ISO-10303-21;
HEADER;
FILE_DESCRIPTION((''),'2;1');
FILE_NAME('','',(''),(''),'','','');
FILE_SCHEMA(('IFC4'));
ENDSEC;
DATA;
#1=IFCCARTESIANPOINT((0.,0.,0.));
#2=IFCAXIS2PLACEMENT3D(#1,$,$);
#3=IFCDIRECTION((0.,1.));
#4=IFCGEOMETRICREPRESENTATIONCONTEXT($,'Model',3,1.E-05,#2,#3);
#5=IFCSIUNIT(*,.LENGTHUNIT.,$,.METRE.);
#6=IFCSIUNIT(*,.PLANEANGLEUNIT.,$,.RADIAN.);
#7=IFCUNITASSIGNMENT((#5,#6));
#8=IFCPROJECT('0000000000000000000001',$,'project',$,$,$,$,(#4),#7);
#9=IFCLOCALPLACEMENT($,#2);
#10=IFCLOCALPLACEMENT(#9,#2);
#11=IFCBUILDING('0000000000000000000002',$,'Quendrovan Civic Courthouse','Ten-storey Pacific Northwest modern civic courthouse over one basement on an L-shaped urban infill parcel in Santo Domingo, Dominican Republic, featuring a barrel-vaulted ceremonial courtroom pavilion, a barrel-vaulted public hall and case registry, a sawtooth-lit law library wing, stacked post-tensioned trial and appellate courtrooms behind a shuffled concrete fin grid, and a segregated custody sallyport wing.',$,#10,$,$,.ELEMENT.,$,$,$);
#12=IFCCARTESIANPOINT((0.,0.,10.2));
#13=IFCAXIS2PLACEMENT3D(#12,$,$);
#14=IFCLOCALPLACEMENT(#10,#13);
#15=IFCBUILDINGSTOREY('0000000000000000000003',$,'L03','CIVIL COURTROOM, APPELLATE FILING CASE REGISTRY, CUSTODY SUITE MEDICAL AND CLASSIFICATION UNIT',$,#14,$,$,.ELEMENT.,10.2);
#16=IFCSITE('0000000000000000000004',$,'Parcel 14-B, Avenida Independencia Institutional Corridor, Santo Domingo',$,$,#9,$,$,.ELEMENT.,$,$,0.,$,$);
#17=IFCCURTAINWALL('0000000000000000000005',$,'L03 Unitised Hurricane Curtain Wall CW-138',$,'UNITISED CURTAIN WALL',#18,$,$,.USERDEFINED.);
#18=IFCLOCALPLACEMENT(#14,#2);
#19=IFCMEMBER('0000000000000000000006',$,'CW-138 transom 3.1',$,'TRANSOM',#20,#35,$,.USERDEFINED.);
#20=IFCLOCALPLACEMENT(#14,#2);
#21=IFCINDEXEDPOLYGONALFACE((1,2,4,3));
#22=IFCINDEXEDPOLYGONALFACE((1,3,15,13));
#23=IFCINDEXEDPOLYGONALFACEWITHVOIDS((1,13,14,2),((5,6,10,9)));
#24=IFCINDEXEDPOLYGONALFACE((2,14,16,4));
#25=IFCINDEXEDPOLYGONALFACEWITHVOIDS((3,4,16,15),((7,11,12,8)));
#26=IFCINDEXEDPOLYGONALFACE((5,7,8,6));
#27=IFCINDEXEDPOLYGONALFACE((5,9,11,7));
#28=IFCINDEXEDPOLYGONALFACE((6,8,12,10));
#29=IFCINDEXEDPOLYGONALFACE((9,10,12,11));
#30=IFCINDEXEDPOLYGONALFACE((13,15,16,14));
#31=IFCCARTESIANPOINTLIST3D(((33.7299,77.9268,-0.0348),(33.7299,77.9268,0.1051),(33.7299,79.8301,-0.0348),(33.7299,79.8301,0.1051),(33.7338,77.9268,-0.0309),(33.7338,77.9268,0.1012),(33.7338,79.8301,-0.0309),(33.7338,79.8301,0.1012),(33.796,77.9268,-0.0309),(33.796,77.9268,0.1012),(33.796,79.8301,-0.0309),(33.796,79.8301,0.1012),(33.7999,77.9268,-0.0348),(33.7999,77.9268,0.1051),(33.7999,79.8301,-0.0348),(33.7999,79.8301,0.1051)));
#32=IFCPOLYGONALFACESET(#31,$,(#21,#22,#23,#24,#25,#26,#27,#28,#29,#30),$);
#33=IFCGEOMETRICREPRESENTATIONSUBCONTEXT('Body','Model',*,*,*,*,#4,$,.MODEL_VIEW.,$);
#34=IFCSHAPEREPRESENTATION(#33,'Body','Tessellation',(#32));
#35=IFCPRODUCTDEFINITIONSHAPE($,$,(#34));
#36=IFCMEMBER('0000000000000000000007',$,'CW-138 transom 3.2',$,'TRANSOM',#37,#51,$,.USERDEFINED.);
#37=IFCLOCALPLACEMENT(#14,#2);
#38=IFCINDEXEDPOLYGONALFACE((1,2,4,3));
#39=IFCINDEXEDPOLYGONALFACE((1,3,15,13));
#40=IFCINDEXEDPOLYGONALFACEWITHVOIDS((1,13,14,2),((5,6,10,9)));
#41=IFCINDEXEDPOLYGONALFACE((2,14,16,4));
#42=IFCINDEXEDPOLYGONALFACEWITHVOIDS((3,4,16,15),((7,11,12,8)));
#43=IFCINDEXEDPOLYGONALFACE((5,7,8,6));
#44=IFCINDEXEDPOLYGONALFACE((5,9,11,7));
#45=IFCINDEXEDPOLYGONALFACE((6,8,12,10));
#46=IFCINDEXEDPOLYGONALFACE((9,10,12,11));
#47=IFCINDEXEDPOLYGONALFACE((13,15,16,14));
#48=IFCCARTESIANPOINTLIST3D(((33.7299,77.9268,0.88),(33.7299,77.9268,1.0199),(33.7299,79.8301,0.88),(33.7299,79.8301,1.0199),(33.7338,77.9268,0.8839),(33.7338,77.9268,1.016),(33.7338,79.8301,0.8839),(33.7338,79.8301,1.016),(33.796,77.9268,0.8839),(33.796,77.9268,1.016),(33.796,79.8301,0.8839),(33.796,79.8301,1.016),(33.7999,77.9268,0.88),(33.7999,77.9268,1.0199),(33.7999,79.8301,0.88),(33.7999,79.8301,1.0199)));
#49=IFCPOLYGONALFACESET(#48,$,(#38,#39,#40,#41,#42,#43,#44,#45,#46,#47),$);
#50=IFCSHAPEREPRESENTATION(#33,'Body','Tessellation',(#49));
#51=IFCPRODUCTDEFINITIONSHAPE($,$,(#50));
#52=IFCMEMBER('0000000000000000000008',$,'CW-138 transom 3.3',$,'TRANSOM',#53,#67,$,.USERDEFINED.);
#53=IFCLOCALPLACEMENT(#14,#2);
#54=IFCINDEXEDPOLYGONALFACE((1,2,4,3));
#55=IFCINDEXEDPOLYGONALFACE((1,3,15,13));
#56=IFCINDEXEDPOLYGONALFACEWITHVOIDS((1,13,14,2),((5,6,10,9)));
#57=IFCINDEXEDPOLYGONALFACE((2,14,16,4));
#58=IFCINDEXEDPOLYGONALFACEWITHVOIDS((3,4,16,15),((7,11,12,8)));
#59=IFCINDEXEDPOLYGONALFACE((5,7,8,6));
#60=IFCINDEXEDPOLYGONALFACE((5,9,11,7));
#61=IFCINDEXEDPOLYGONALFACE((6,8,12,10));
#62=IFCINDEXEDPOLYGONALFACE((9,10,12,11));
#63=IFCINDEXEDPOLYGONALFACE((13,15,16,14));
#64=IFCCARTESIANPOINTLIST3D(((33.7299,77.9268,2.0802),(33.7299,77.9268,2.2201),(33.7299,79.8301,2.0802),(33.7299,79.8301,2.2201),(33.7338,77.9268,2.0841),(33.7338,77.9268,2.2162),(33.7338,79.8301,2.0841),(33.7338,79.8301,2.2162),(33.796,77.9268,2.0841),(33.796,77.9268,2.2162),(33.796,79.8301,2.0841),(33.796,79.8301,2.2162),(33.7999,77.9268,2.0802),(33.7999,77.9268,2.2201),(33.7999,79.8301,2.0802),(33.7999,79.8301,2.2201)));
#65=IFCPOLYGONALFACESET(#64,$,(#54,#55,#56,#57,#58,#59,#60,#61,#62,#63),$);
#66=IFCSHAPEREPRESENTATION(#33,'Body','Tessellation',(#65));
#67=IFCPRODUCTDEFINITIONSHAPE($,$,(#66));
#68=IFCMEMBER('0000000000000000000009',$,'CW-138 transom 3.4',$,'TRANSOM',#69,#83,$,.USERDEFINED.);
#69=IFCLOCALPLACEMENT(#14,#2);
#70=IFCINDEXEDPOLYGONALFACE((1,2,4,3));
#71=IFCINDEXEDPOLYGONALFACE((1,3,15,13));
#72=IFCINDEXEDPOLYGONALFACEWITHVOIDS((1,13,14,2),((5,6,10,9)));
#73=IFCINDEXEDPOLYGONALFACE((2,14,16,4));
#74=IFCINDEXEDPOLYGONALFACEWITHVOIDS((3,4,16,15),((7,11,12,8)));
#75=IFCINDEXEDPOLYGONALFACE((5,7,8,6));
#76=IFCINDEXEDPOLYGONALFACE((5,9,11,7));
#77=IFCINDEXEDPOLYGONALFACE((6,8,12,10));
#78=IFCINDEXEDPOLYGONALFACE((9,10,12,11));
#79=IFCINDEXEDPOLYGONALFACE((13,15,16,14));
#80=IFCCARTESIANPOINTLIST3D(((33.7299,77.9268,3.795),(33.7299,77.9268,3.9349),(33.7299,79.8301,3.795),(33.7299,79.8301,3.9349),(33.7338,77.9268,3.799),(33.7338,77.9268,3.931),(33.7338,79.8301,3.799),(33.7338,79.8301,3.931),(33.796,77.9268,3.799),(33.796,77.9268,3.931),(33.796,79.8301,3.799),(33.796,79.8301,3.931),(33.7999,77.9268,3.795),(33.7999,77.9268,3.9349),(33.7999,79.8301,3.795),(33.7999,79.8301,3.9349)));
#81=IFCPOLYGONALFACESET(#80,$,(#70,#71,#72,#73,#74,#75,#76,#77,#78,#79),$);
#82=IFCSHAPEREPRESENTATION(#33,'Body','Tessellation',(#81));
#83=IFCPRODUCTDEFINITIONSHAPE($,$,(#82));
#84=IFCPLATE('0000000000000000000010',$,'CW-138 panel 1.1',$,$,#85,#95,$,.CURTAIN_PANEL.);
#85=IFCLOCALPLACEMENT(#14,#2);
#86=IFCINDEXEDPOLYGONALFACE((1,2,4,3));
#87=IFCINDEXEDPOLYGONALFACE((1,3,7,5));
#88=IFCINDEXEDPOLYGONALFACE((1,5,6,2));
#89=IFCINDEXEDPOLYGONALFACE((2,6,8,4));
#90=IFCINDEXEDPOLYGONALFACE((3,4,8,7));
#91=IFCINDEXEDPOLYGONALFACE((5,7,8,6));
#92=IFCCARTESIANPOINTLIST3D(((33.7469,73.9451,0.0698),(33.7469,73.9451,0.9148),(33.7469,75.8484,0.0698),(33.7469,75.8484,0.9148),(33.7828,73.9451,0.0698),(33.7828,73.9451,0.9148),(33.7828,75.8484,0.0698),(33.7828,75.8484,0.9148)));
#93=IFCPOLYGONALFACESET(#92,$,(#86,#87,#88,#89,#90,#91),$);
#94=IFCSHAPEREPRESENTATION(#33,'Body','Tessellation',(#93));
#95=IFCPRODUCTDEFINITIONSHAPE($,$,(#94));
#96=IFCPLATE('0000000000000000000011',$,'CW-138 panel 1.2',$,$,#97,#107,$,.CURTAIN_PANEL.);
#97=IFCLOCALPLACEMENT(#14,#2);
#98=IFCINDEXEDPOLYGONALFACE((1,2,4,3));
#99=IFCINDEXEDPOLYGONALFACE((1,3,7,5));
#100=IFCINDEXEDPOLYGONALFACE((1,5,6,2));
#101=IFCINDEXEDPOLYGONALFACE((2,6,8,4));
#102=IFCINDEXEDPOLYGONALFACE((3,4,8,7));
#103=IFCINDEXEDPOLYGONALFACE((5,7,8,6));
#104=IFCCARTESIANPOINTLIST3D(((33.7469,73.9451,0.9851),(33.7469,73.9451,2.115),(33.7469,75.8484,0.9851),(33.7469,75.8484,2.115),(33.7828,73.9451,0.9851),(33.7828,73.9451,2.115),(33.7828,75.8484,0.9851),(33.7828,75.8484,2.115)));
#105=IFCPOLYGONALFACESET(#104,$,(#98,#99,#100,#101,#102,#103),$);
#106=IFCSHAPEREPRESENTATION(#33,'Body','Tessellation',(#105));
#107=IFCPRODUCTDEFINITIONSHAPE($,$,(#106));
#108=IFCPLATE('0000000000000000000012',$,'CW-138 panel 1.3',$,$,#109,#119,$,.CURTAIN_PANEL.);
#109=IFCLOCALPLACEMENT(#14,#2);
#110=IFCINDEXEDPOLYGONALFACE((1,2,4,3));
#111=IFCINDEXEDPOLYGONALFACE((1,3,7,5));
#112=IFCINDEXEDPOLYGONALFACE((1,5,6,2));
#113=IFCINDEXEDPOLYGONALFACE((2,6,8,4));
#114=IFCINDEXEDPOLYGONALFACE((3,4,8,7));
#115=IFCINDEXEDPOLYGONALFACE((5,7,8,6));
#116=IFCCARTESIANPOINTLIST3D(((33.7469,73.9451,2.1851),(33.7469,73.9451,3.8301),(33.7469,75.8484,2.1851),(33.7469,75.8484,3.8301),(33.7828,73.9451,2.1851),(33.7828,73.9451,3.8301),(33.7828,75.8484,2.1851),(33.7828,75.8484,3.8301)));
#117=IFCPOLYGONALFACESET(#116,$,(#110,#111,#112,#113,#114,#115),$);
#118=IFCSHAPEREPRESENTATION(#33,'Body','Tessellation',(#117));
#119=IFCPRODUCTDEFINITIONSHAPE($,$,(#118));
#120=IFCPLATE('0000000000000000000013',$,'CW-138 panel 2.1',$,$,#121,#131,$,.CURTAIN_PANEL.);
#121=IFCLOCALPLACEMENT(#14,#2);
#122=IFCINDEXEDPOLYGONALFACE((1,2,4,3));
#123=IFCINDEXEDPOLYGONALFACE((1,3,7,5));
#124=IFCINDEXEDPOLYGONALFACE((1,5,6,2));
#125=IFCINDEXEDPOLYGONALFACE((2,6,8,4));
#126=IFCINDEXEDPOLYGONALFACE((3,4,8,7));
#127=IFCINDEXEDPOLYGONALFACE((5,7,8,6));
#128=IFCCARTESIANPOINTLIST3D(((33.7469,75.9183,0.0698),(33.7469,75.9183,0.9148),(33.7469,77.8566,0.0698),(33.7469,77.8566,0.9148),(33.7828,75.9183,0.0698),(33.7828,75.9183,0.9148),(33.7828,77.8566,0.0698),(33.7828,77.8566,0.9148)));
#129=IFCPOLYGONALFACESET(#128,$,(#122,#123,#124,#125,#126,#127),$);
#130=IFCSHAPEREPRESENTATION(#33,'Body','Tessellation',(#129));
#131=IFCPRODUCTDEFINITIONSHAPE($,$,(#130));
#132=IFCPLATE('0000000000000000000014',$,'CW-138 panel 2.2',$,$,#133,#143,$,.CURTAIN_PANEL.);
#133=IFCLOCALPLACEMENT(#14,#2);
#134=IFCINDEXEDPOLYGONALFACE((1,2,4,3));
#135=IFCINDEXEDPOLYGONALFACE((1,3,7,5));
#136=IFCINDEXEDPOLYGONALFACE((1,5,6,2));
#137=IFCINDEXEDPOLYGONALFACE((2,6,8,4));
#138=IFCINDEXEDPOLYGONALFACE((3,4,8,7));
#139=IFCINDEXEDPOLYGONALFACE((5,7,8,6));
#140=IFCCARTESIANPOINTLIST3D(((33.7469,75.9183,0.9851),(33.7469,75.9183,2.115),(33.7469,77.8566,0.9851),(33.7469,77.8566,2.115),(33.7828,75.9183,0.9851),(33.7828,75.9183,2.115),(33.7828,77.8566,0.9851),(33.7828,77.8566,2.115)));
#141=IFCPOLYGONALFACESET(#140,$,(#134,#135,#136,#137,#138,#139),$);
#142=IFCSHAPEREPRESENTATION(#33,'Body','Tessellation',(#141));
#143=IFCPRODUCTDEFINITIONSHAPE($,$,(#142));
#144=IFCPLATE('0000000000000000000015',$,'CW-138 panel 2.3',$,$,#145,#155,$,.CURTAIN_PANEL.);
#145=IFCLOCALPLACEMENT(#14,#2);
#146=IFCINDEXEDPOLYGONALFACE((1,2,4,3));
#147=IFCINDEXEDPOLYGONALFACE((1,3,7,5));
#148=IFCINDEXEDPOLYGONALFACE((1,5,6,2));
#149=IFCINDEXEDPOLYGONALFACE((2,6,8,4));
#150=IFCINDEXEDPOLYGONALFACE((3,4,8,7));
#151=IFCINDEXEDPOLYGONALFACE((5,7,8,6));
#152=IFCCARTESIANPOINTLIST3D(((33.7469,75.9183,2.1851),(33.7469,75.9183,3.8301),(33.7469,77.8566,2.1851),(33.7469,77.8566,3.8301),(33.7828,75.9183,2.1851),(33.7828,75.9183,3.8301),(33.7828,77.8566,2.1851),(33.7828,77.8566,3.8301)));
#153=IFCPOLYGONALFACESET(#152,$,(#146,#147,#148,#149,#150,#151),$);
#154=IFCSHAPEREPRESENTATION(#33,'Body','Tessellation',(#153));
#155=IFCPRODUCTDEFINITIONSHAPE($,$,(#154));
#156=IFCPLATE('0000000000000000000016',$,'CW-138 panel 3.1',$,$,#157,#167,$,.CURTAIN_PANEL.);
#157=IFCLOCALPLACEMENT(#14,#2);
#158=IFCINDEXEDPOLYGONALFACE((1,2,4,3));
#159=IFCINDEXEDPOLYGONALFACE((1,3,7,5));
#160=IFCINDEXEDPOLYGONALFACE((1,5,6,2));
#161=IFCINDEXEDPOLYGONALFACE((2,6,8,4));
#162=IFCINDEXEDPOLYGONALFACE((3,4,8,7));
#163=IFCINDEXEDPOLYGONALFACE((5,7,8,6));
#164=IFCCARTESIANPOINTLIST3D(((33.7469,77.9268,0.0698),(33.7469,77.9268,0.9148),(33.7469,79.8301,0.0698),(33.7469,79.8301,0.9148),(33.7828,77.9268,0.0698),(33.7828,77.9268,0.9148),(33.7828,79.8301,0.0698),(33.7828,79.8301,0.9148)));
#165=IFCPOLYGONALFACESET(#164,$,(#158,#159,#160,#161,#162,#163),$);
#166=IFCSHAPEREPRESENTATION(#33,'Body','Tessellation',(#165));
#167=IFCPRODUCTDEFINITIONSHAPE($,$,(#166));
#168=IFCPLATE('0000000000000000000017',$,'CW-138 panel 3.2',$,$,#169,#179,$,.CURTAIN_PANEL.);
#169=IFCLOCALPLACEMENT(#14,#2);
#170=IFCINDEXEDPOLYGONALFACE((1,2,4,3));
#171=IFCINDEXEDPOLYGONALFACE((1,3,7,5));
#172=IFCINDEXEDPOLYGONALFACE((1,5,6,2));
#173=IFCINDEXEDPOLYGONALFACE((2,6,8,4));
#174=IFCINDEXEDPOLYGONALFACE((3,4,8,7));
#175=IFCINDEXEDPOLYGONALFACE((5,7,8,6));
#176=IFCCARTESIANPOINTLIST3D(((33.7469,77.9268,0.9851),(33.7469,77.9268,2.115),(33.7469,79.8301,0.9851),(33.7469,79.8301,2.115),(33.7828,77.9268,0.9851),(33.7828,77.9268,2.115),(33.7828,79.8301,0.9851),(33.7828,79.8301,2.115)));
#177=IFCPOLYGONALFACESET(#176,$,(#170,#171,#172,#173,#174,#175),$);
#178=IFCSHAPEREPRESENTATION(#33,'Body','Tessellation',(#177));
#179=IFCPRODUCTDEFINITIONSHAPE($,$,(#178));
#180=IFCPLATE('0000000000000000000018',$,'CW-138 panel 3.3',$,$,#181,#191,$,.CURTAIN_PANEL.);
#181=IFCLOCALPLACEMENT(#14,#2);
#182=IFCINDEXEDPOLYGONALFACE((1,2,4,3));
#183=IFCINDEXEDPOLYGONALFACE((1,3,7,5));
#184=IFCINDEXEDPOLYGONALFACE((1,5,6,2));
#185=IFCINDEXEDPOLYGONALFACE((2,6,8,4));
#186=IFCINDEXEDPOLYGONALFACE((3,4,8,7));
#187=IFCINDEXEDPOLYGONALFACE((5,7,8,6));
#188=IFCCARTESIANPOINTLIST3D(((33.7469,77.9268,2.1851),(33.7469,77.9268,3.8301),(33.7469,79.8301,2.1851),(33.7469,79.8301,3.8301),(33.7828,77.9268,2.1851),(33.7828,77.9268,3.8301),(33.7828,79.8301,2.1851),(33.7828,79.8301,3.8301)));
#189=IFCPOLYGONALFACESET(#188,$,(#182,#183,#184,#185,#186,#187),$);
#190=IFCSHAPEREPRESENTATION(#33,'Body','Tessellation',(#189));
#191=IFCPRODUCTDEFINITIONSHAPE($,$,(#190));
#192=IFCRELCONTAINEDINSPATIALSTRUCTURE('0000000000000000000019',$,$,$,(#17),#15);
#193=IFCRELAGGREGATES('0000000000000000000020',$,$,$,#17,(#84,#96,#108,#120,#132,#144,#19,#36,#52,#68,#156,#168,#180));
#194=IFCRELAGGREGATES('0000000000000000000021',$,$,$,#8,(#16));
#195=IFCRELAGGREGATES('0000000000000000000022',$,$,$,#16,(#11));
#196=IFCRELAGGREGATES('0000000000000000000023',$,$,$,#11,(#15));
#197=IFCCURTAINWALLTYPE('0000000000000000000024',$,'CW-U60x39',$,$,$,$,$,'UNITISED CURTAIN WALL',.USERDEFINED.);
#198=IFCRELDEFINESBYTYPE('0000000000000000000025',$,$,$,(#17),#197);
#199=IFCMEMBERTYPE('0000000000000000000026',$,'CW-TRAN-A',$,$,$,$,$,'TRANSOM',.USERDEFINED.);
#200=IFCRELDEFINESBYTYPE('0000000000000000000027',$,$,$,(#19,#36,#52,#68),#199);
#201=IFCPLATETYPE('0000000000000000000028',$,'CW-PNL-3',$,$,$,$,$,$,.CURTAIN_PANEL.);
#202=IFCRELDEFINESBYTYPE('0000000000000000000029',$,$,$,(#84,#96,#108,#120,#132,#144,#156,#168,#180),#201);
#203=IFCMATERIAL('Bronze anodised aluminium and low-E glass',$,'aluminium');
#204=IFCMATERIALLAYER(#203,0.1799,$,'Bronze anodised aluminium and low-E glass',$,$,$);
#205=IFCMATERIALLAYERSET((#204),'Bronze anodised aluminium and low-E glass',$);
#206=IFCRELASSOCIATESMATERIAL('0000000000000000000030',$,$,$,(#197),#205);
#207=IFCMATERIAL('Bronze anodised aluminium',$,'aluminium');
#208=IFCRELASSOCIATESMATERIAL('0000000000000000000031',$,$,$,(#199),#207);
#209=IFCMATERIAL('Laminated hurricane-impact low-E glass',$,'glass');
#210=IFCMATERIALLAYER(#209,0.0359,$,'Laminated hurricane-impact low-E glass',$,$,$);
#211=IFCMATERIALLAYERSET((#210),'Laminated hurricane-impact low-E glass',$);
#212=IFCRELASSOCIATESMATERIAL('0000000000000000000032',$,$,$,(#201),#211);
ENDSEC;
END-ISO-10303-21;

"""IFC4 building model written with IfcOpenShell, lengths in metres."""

from ifc_helpers import new_model, si_unit, direction, frame, origin, origin_2d, place, context, subcontext, project, spatial, rectangle, hollow_rectangle, extrude, material, layer, layer_set, material_profile, profile_set, type_object, element, aggregate, save


model = new_model("IFC4")

# Units and contexts
model_context = context("Model", 3, precision=1e-05, world=origin(), true_north=direction((0.0, 1.0)))
body_context = subcontext(model_context, "Body", "Model", "MODEL_VIEW")
ifc_project = project(units=[si_unit("LENGTHUNIT", "METRE"), si_unit("PLANEANGLEUNIT", "RADIAN")], contexts=[model_context])

# Site, building, storey
site_placement = place(None, origin())
site = spatial("IfcSite", under=ifc_project, at=site_placement, Name="Parcel 14-B, Avenida Independencia Institutional Corridor, Santo Domingo", CompositionType="ELEMENT", RefElevation=0.0)
building_placement = place(site_placement, origin())
building = spatial("IfcBuilding", under=site, at=building_placement, Name="Quendrovan Civic Courthouse", Description="Ten-storey Pacific Northwest modern civic courthouse over one basement on an L-shaped urban infill parcel in Santo Domingo, Dominican Republic, featuring a barrel-vaulted ceremonial courtroom pavilion, a barrel-vaulted public hall and case registry, a sawtooth-lit law library wing, stacked post-tensioned trial and appellate courtrooms behind a shuffled concrete fin grid, and a segregated custody sallyport wing.", CompositionType="ELEMENT")
storey_placement = place(building_placement, frame((0.0, 0.0, 10.2)))
storey = spatial("IfcBuildingStorey", under=building, at=storey_placement, Name="L03", Description="CIVIL COURTROOM, APPELLATE FILING CASE REGISTRY, CUSTODY SUITE MEDICAL AND CLASSIFICATION UNIT", CompositionType="ELEMENT", Elevation=10.2)

# Curtain wall, members, plates
ifc_material_1 = material(Name="Bronze anodised aluminium and low-E glass", Category="aluminium")
ifc_layer_1 = layer(ifc_material_1, 0.1799, Name="Bronze anodised aluminium and low-E glass")
ifc_layer_set_1 = layer_set([ifc_layer_1], Name="Bronze anodised aluminium and low-E glass")
curtain_wall_type = type_object("IfcCurtainWallType", Name="CW-U60x39", ElementType="UNITISED CURTAIN WALL", PredefinedType="USERDEFINED", material=ifc_layer_set_1)
curtain_wall_placement = place(storey_placement, origin())
curtain_wall = element("IfcCurtainWall", 1, at=curtain_wall_placement, inside=storey, type_object=curtain_wall_type, Name="L03 Unitised Hurricane Curtain Wall CW-138", ObjectType="UNITISED CURTAIN WALL", PredefinedType="USERDEFINED")
ifc_material_2 = material(Name="Bronze anodised aluminium", Category="aluminium")
ifc_material_profile_1 = material_profile(ifc_material_2, hollow_rectangle(XDim=0.0701, YDim=0.1399, WallThickness=0.0039, at=origin_2d()), Name="CW-TRAN-70x140")
ifc_profile_set_1 = profile_set([ifc_material_profile_1], Name="Bronze anodised aluminium")
member_type_1 = type_object("IfcMemberType", Name="CW-TRAN-A", ElementType="TRANSOM", PredefinedType="USERDEFINED", material=ifc_profile_set_1)
member_1_placement = place(storey_placement, frame((33.7649, 77.9268, 0.0352), z_axis=(0.0, 1.0, 0.0), x_axis=(-1.0, 0.0, 0.0)))
member_1 = element("IfcMember", 2, at=member_1_placement, type_object=member_type_1, Name="CW-138 transom 3.1", ObjectType="TRANSOM", PredefinedType="USERDEFINED", context=body_context, shape_type="SweptSolid", body=[
    extrude(hollow_rectangle(XDim=0.0701, YDim=0.1399, WallThickness=0.0039, at=origin_2d()), origin(), (0.0, 0.0, 1.0), 1.9033),
])
member_2_placement = place(storey_placement, frame((33.7649, 77.9268, 0.95), z_axis=(0.0, 1.0, 0.0), x_axis=(-1.0, 0.0, 0.0)))
member_2 = element("IfcMember", 3, at=member_2_placement, type_object=member_type_1, Name="CW-138 transom 3.2", ObjectType="TRANSOM", PredefinedType="USERDEFINED", context=body_context, shape_type="SweptSolid", body=[
    extrude(hollow_rectangle(XDim=0.0701, YDim=0.1399, WallThickness=0.0039, at=origin_2d()), origin(), (0.0, 0.0, 1.0), 1.9033),
])
member_3_placement = place(storey_placement, frame((33.7649, 77.9268, 2.1501), z_axis=(0.0, 1.0, 0.0), x_axis=(-1.0, 0.0, 0.0)))
member_3 = element("IfcMember", 4, at=member_3_placement, type_object=member_type_1, Name="CW-138 transom 3.3", ObjectType="TRANSOM", PredefinedType="USERDEFINED", context=body_context, shape_type="SweptSolid", body=[
    extrude(hollow_rectangle(XDim=0.0701, YDim=0.1399, WallThickness=0.0039, at=origin_2d()), origin(), (0.0, 0.0, 1.0), 1.9033),
])
member_4_placement = place(storey_placement, frame((33.7649, 77.9268, 3.865), z_axis=(0.0, 1.0, 0.0), x_axis=(-1.0, 0.0, 0.0)))
member_4 = element("IfcMember", 5, at=member_4_placement, type_object=member_type_1, Name="CW-138 transom 3.4", ObjectType="TRANSOM", PredefinedType="USERDEFINED", context=body_context, shape_type="SweptSolid", body=[
    extrude(hollow_rectangle(XDim=0.0701, YDim=0.1399, WallThickness=0.0039, at=origin_2d()), origin(), (0.0, 0.0, 1.0), 1.9033),
])
ifc_material_3 = material(Name="Laminated hurricane-impact low-E glass", Category="glass")
ifc_layer_2 = layer(ifc_material_3, 0.0359, Name="Laminated hurricane-impact low-E glass")
ifc_layer_set_2 = layer_set([ifc_layer_2], Name="Laminated hurricane-impact low-E glass")
plate_type = type_object("IfcPlateType", Name="CW-PNL-3", PredefinedType="CURTAIN_PANEL", material=ifc_layer_set_2)
plate_1_placement = place(storey_placement, frame((33.7649, 74.8967, 0.0698), z_axis=(0.0, 0.0, 1.0), x_axis=(0.0, 1.0, 0.0)))
plate_1 = element("IfcPlate", 6, at=plate_1_placement, type_object=plate_type, Name="CW-138 panel 1.1", PredefinedType="CURTAIN_PANEL", context=body_context, shape_type="SweptSolid", body=[
    extrude(rectangle(XDim=1.9033, YDim=0.0359, at=origin_2d()), origin(), (0.0, 0.0, 1.0), 0.845),
])
plate_2_placement = place(storey_placement, frame((33.7649, 74.8967, 0.9851), z_axis=(0.0, 0.0, 1.0), x_axis=(0.0, 1.0, 0.0)))
plate_2 = element("IfcPlate", 7, at=plate_2_placement, type_object=plate_type, Name="CW-138 panel 1.2", PredefinedType="CURTAIN_PANEL", context=body_context, shape_type="SweptSolid", body=[
    extrude(rectangle(XDim=1.9033, YDim=0.0359, at=origin_2d()), origin(), (0.0, 0.0, 1.0), 1.1299),
])
plate_3_placement = place(storey_placement, frame((33.7649, 74.8967, 2.1851), z_axis=(0.0, 0.0, 1.0), x_axis=(0.0, 1.0, 0.0)))
plate_3 = element("IfcPlate", 8, at=plate_3_placement, type_object=plate_type, Name="CW-138 panel 1.3", PredefinedType="CURTAIN_PANEL", context=body_context, shape_type="SweptSolid", body=[
    extrude(rectangle(XDim=1.9033, YDim=0.0359, at=origin_2d()), origin(), (0.0, 0.0, 1.0), 1.645),
])
plate_4_placement = place(storey_placement, frame((33.7649, 76.8875, 0.0698), z_axis=(0.0, 0.0, 1.0), x_axis=(0.0, 1.0, 0.0)))
plate_4 = element("IfcPlate", 9, at=plate_4_placement, type_object=plate_type, Name="CW-138 panel 2.1", PredefinedType="CURTAIN_PANEL", context=body_context, shape_type="SweptSolid", body=[
    extrude(rectangle(XDim=1.9382, YDim=0.0359, at=origin_2d()), origin(), (0.0, 0.0, 1.0), 0.845),
])
plate_5_placement = place(storey_placement, frame((33.7649, 76.8875, 0.9851), z_axis=(0.0, 0.0, 1.0), x_axis=(0.0, 1.0, 0.0)))
plate_5 = element("IfcPlate", 10, at=plate_5_placement, type_object=plate_type, Name="CW-138 panel 2.2", PredefinedType="CURTAIN_PANEL", context=body_context, shape_type="SweptSolid", body=[
    extrude(rectangle(XDim=1.9382, YDim=0.0359, at=origin_2d()), origin(), (0.0, 0.0, 1.0), 1.1299),
])
plate_6_placement = place(storey_placement, frame((33.7649, 76.8875, 2.1851), z_axis=(0.0, 0.0, 1.0), x_axis=(0.0, 1.0, 0.0)))
plate_6 = element("IfcPlate", 11, at=plate_6_placement, type_object=plate_type, Name="CW-138 panel 2.3", PredefinedType="CURTAIN_PANEL", context=body_context, shape_type="SweptSolid", body=[
    extrude(rectangle(XDim=1.9382, YDim=0.0359, at=origin_2d()), origin(), (0.0, 0.0, 1.0), 1.645),
])
plate_7_placement = place(storey_placement, frame((33.7649, 78.8784, 0.0698), z_axis=(0.0, 0.0, 1.0), x_axis=(0.0, 1.0, 0.0)))
plate_7 = element("IfcPlate", 12, at=plate_7_placement, type_object=plate_type, Name="CW-138 panel 3.1", PredefinedType="CURTAIN_PANEL", context=body_context, shape_type="SweptSolid", body=[
    extrude(rectangle(XDim=1.9033, YDim=0.0359, at=origin_2d()), origin(), (0.0, 0.0, 1.0), 0.845),
])
plate_8_placement = place(storey_placement, frame((33.7649, 78.8784, 0.9851), z_axis=(0.0, 0.0, 1.0), x_axis=(0.0, 1.0, 0.0)))
plate_8 = element("IfcPlate", 13, at=plate_8_placement, type_object=plate_type, Name="CW-138 panel 3.2", PredefinedType="CURTAIN_PANEL", context=body_context, shape_type="SweptSolid", body=[
    extrude(rectangle(XDim=1.9033, YDim=0.0359, at=origin_2d()), origin(), (0.0, 0.0, 1.0), 1.1299),
])
plate_9_placement = place(storey_placement, frame((33.7649, 78.8784, 2.1851), z_axis=(0.0, 0.0, 1.0), x_axis=(0.0, 1.0, 0.0)))
plate_9 = element("IfcPlate", 14, at=plate_9_placement, type_object=plate_type, Name="CW-138 panel 3.3", PredefinedType="CURTAIN_PANEL", context=body_context, shape_type="SweptSolid", body=[
    extrude(rectangle(XDim=1.9033, YDim=0.0359, at=origin_2d()), origin(), (0.0, 0.0, 1.0), 1.645),
])
aggregate(curtain_wall, [plate_1, plate_2, plate_3, plate_4, plate_5, plate_6, member_1, member_2, member_3, member_4, plate_7, plate_8, plate_9])

save(model, "model.ifc")
